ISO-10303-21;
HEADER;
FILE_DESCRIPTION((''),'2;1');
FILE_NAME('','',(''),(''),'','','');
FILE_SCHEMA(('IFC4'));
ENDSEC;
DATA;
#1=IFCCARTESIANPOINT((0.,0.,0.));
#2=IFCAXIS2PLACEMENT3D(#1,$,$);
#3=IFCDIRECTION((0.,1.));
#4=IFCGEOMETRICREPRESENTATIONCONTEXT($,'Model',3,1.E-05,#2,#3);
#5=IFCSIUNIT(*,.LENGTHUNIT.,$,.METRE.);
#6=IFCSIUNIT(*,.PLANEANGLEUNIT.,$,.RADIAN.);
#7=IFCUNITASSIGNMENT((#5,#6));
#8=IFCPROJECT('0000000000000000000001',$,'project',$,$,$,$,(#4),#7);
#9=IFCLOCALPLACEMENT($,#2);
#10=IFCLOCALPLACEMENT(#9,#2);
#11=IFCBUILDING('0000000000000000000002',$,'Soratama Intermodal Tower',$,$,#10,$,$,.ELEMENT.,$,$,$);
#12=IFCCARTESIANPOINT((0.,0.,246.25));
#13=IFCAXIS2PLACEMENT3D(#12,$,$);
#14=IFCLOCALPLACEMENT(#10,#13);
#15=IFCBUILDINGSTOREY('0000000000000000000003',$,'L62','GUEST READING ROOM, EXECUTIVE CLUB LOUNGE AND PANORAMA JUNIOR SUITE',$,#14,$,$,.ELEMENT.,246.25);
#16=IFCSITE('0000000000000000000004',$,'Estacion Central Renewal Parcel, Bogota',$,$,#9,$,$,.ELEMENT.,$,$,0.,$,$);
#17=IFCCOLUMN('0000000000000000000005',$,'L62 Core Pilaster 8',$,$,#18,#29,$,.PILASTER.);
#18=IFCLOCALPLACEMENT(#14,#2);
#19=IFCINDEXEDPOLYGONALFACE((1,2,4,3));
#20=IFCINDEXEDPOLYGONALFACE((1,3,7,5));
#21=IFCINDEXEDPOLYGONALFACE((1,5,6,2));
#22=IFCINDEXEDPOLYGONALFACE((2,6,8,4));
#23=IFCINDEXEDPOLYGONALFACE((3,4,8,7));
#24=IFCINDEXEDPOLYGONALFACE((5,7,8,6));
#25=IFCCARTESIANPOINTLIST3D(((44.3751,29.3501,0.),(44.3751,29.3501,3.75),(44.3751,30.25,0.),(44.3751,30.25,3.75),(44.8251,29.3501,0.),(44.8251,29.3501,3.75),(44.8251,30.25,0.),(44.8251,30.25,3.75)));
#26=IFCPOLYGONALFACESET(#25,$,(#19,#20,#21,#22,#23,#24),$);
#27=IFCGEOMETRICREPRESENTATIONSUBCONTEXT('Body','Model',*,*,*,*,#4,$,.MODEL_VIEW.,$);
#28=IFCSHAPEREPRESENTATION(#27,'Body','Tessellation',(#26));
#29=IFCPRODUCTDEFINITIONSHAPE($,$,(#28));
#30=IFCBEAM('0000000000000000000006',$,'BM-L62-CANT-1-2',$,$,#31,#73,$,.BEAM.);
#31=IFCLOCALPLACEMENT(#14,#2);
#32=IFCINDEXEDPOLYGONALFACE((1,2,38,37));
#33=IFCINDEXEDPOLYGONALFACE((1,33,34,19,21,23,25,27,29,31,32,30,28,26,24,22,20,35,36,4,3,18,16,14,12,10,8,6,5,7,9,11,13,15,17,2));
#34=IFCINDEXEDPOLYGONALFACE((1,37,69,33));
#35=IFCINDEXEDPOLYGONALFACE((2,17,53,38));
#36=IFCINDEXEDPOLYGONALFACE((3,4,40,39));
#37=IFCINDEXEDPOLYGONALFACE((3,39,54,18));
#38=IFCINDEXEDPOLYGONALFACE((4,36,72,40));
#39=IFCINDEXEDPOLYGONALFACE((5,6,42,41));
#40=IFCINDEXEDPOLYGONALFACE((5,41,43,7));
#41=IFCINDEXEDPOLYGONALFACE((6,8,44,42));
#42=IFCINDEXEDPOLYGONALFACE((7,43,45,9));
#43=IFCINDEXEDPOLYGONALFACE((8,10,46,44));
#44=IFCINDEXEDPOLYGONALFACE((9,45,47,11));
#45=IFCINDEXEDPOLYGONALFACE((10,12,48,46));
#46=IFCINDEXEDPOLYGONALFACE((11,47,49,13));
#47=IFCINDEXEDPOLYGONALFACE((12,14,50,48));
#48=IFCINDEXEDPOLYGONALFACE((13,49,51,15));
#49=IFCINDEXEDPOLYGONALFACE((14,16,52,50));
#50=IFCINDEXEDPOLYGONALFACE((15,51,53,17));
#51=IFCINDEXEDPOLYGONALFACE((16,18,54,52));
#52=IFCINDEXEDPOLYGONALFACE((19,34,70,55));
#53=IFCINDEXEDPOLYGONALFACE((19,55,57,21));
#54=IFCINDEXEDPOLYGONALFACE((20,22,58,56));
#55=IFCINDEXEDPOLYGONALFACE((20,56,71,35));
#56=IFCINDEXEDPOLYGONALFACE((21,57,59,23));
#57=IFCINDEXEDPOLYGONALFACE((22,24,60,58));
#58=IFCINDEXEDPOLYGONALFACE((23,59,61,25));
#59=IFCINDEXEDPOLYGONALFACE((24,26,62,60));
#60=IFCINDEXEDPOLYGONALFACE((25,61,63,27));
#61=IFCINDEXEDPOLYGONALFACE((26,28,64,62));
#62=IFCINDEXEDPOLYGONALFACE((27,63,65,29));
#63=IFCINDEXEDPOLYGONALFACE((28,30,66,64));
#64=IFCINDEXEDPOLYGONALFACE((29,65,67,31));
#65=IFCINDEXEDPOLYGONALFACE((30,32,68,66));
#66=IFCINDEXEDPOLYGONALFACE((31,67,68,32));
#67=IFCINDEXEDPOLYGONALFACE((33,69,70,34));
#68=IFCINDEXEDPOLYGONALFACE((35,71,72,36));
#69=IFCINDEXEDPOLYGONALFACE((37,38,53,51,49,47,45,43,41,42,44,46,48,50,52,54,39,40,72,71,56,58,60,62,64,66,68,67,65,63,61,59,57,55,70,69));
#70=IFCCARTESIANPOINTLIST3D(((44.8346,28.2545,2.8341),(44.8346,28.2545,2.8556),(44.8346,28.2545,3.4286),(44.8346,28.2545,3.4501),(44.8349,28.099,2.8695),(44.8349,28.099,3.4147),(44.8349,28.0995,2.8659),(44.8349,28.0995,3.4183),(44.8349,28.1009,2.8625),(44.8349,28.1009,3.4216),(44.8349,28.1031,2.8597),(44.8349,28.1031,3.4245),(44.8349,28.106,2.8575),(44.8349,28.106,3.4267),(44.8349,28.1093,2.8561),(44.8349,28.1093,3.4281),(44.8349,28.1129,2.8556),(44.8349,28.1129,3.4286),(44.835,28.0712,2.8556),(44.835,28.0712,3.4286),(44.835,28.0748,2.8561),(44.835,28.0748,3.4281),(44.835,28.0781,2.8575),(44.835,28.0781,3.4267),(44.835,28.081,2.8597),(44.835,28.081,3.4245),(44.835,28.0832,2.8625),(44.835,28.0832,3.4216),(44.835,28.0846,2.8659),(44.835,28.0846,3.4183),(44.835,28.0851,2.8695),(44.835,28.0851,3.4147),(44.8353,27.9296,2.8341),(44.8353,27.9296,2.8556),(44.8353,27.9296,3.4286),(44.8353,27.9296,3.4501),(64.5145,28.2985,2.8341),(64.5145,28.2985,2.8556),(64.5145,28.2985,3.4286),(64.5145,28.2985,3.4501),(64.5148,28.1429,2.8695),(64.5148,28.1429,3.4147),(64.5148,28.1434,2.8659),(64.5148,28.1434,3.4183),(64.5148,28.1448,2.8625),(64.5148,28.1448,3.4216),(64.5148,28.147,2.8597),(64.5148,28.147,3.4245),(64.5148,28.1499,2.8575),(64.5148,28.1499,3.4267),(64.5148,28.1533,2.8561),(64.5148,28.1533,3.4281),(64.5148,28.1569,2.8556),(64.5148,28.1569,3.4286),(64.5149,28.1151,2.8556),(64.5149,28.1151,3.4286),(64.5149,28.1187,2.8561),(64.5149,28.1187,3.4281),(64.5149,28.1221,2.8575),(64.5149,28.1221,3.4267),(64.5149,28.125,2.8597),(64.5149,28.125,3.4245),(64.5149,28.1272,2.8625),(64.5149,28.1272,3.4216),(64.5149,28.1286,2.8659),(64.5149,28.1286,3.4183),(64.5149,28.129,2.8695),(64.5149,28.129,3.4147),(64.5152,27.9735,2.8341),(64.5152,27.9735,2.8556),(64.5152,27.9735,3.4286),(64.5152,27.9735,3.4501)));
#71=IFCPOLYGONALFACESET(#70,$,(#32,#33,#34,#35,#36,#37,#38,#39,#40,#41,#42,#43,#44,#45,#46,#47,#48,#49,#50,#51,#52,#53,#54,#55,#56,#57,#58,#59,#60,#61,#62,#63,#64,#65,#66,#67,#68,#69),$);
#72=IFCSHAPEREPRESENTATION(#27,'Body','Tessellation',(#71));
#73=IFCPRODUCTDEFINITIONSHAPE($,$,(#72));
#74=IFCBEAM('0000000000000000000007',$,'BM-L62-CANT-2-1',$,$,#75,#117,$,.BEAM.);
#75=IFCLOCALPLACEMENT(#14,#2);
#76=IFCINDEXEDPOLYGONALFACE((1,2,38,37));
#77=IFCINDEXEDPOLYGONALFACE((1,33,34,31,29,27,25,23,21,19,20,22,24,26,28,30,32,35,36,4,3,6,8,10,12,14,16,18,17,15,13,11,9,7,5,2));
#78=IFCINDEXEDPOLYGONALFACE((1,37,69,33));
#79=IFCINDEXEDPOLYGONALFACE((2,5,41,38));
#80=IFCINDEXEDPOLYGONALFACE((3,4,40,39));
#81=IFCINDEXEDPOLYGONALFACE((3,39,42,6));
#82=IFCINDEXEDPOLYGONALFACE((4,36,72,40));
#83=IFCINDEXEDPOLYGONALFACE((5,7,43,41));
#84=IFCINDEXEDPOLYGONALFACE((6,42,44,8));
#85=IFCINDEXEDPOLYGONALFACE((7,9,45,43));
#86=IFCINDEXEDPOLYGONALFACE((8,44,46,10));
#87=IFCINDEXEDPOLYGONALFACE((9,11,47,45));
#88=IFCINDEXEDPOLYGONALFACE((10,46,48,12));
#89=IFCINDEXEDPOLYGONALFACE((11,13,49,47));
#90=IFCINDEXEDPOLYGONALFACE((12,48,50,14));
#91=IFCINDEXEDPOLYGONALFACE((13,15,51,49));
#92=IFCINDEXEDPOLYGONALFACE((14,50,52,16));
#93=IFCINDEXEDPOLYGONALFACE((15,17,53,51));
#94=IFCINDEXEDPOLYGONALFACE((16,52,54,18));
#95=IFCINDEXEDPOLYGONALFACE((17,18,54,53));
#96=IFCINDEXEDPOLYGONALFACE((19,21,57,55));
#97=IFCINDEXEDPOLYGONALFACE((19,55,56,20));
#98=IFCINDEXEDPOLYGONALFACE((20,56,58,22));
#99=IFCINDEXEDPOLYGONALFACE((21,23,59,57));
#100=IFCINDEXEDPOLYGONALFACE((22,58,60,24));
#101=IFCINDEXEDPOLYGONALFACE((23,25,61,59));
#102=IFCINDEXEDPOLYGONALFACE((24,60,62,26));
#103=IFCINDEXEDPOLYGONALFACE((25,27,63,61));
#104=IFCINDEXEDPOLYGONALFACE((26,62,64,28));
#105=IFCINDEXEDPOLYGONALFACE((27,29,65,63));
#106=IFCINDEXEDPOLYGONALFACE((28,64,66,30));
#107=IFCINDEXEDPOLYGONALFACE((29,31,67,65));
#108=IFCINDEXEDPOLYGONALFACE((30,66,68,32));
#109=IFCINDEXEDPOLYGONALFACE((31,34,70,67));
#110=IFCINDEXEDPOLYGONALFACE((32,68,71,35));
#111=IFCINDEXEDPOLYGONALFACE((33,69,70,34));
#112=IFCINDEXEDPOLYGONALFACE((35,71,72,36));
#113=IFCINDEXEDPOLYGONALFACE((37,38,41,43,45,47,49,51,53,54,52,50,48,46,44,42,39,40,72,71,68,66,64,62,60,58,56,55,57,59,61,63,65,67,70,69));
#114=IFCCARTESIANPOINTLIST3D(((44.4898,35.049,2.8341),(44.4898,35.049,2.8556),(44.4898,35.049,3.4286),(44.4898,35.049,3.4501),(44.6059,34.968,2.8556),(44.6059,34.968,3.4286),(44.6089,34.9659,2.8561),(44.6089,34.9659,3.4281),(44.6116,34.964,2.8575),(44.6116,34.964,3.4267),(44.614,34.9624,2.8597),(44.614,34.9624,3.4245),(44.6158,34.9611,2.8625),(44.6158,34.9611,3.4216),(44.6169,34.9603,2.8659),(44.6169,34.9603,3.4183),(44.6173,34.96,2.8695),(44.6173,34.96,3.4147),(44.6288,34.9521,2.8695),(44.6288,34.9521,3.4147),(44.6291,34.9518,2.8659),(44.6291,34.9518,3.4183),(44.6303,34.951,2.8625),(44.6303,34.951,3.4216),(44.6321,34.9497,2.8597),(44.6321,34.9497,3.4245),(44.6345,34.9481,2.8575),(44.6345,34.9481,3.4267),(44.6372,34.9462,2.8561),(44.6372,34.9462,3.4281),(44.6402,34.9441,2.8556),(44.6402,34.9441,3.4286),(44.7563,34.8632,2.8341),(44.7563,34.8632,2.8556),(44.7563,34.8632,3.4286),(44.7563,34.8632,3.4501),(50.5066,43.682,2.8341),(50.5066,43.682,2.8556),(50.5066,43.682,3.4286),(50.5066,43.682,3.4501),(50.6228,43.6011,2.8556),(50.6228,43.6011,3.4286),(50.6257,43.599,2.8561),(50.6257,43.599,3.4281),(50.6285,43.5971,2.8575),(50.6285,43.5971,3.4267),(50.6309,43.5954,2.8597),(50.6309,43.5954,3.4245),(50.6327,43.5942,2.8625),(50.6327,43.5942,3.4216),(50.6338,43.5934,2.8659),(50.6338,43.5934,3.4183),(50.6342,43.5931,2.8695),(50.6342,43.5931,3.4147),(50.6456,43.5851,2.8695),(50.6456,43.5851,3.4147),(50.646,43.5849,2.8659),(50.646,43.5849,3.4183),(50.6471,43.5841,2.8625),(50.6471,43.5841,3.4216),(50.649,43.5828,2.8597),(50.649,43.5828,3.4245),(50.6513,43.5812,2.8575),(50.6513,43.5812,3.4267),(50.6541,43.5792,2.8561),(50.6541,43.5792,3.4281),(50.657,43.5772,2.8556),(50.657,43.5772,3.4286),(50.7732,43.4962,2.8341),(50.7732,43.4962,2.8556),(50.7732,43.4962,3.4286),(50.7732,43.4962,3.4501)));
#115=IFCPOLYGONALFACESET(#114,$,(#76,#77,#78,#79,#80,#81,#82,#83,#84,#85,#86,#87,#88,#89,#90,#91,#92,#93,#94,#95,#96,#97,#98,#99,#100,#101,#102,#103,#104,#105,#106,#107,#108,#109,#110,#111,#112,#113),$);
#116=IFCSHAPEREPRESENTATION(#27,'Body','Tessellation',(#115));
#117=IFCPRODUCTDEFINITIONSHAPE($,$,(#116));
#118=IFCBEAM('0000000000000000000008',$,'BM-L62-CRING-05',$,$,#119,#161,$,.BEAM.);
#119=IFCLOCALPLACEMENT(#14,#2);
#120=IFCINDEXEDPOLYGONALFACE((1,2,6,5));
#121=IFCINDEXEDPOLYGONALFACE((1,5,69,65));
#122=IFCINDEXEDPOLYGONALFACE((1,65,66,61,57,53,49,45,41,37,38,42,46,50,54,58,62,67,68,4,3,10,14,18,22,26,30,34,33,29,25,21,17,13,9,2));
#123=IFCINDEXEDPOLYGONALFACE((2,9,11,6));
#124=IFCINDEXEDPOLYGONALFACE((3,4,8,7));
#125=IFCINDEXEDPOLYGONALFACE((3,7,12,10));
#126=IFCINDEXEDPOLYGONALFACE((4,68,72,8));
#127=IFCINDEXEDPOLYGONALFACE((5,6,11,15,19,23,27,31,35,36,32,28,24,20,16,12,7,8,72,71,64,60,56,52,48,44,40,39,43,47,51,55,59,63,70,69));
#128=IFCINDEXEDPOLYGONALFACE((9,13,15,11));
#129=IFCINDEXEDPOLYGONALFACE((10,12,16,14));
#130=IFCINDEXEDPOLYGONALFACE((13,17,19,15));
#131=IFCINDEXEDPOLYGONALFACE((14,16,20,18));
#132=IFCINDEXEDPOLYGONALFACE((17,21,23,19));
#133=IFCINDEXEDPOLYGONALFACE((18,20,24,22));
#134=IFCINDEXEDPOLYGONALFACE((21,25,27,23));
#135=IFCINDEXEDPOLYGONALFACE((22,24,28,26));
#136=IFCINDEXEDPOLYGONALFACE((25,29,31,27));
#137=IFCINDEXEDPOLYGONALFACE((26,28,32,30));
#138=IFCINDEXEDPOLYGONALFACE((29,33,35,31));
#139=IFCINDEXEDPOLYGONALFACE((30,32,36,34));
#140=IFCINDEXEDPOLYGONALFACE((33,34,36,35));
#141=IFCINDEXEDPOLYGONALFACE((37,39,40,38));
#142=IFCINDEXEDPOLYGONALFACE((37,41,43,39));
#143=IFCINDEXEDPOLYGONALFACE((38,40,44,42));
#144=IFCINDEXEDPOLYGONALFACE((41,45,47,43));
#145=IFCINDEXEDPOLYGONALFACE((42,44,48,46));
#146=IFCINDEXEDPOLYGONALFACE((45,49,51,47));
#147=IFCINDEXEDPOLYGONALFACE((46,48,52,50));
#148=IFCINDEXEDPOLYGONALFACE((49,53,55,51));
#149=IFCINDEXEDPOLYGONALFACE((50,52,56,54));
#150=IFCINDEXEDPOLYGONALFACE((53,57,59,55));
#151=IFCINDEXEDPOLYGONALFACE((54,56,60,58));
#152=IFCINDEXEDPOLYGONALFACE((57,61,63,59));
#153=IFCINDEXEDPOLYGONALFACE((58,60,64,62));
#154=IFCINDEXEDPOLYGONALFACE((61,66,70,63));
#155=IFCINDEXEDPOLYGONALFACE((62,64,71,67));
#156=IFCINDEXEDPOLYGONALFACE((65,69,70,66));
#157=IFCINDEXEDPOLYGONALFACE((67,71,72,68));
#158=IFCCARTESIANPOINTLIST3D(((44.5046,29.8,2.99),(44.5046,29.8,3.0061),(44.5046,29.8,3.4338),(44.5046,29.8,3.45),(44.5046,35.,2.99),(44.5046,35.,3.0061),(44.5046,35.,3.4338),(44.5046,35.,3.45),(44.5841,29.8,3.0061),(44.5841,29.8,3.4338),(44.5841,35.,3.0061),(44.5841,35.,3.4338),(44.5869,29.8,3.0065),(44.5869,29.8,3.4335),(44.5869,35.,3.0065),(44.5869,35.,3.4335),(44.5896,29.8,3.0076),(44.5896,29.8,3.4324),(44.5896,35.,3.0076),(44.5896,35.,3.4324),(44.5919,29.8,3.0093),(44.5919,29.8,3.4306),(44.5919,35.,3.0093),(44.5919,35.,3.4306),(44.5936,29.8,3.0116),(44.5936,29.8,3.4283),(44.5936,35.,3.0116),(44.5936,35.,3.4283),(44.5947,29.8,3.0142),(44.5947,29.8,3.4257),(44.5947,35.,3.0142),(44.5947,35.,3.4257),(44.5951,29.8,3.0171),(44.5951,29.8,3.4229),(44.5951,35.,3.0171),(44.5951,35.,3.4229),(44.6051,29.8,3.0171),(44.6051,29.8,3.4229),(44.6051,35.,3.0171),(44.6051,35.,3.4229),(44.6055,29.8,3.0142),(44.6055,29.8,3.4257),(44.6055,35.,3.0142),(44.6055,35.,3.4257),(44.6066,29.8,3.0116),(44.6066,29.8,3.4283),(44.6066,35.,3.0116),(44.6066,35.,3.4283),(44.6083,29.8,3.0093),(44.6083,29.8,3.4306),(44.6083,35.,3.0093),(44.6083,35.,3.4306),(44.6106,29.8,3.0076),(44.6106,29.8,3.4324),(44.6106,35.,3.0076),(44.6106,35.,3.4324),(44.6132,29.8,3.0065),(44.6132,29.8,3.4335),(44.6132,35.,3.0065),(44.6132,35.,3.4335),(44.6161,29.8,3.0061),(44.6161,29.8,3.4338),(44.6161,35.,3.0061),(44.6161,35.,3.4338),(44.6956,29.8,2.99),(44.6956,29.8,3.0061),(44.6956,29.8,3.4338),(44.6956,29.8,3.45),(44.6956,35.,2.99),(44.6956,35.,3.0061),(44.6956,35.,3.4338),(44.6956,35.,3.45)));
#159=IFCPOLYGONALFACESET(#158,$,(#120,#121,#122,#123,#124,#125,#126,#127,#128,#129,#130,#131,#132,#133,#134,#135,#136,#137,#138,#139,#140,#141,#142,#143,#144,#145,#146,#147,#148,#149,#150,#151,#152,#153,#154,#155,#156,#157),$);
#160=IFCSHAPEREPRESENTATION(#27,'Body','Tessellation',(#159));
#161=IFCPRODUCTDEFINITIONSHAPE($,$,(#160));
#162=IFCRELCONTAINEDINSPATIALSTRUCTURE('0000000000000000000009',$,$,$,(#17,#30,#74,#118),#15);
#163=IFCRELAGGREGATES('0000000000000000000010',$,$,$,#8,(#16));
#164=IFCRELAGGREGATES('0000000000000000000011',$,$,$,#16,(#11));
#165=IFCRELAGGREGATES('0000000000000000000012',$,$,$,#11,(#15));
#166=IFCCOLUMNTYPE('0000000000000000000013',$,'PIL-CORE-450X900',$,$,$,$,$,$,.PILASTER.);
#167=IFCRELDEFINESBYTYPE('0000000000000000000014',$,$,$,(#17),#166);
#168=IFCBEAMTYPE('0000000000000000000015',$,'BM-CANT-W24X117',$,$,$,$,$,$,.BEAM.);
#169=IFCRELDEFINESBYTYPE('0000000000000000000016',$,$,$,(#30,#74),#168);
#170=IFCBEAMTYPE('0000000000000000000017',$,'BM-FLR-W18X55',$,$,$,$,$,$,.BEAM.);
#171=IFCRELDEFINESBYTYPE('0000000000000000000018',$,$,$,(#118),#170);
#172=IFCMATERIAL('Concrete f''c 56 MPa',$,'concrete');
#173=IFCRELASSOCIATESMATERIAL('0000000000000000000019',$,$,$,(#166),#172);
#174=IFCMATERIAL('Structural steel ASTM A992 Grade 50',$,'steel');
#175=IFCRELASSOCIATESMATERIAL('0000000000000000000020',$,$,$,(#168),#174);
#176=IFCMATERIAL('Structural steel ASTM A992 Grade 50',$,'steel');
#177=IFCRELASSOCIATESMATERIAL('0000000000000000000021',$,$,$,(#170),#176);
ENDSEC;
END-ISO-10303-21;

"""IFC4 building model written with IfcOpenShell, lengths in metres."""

from ifc_helpers import new_model, si_unit, direction, frame, origin, origin_2d, place, context, subcontext, project, spatial, rectangle, i_section, extrude, material, material_profile, profile_set, type_object, element, save


model = new_model("IFC4")

# Units and contexts
model_context = context("Model", 3, precision=1e-05, world=origin(), true_north=direction((0.0, 1.0)))
body_context = subcontext(model_context, "Body", "Model", "MODEL_VIEW")
ifc_project = project(units=[si_unit("LENGTHUNIT", "METRE"), si_unit("PLANEANGLEUNIT", "RADIAN")], contexts=[model_context])

# Site, building, storey
site_placement = place(None, origin())
site = spatial("IfcSite", under=ifc_project, at=site_placement, Name="Estacion Central Renewal Parcel, Bogota", CompositionType="ELEMENT", RefElevation=0.0)
building_placement = place(site_placement, origin())
building = spatial("IfcBuilding", under=site, at=building_placement, Name="Soratama Intermodal Tower", CompositionType="ELEMENT")
storey_placement = place(building_placement, frame((0.0, 0.0, 246.25)))
storey = spatial("IfcBuildingStorey", under=building, at=storey_placement, Name="L62", Description="GUEST READING ROOM, EXECUTIVE CLUB LOUNGE AND PANORAMA JUNIOR SUITE", CompositionType="ELEMENT", Elevation=246.25)

# Column
ifc_material_1 = material(Name="Concrete f'c 56 MPa", Category="concrete")
ifc_material_profile_1 = material_profile(ifc_material_1, rectangle(XDim=0.45, YDim=0.8999, at=origin_2d()), Name="RC450X900")
ifc_profile_set_1 = profile_set([ifc_material_profile_1], Name="Concrete f'c 56 MPa")
column_type = type_object("IfcColumnType", Name="PIL-CORE-450X900", PredefinedType="PILASTER", material=ifc_profile_set_1)
column_placement = place(storey_placement, frame((44.6001, 29.8, 0.0), z_axis=(0.0, 0.0, 1.0), x_axis=(1.0, 0.0, 0.0)))
element("IfcColumn", 1, at=column_placement, inside=storey, type_object=column_type, Name="L62 Core Pilaster 8", PredefinedType="PILASTER", context=body_context, shape_type="SweptSolid", body=[
    extrude(rectangle(XDim=0.45, YDim=0.8999, at=origin_2d()), origin(), (0.0, 0.0, 1.0), 3.75),
])

# Beams
ifc_material_2 = material(Name="Structural steel ASTM A992 Grade 50", Category="steel")
ifc_material_profile_2 = material_profile(ifc_material_2, i_section(OverallWidth=0.325, OverallDepth=0.616, WebThickness=0.0139, FlangeThickness=0.0215, FilletRadius=0.0139, at=origin_2d()), Name="W24X117")
ifc_profile_set_2 = profile_set([ifc_material_profile_2], Name="Structural steel ASTM A992 Grade 50")
beam_type_1 = type_object("IfcBeamType", Name="BM-CANT-W24X117", PredefinedType="BEAM", material=ifc_profile_set_2)
beam_1_placement = place(storey_placement, frame((44.835, 28.092, 3.1421), z_axis=(0.999998, 0.002233, 0.0), x_axis=(-0.002233, 0.999998, 0.0)))
element("IfcBeam", 2, at=beam_1_placement, inside=storey, type_object=beam_type_1, Name="BM-L62-CANT-1-2", PredefinedType="BEAM", context=body_context, shape_type="SweptSolid", body=[
    extrude(i_section(OverallWidth=0.325, OverallDepth=0.616, WebThickness=0.0139, FlangeThickness=0.0215, FilletRadius=0.0139, at=origin_2d()), origin(), (0.0, 0.0, 1.0), 19.6799),
])
beam_2_placement = place(storey_placement, frame((44.623, 34.9561, 3.1421), z_axis=(0.571784, 0.820404, 0.0), x_axis=(-0.820404, 0.571784, 0.0)))
element("IfcBeam", 3, at=beam_2_placement, inside=storey, type_object=beam_type_1, Name="BM-L62-CANT-2-1", PredefinedType="BEAM", context=body_context, shape_type="SweptSolid", body=[
    extrude(i_section(OverallWidth=0.325, OverallDepth=0.616, WebThickness=0.0139, FlangeThickness=0.0215, FilletRadius=0.0139, at=origin_2d()), origin(), (0.0, 0.0, 1.0), 10.5229),
])
ifc_material_3 = material(Name="Structural steel ASTM A992 Grade 50", Category="steel")
ifc_material_profile_3 = material_profile(ifc_material_3, i_section(OverallWidth=0.1909, OverallDepth=0.46, WebThickness=0.01, FlangeThickness=0.0161, FilletRadius=0.011, at=origin_2d()), Name="W18X55")
ifc_profile_set_3 = profile_set([ifc_material_profile_3], Name="Structural steel ASTM A992 Grade 50")
beam_type_2 = type_object("IfcBeamType", Name="BM-FLR-W18X55", PredefinedType="BEAM", material=ifc_profile_set_3)
beam_3_placement = place(storey_placement, frame((44.6001, 29.8, 3.22), z_axis=(0.0, 1.0, 0.0), x_axis=(-1.0, 0.0, 0.0)))
element("IfcBeam", 4, at=beam_3_placement, inside=storey, type_object=beam_type_2, Name="BM-L62-CRING-05", PredefinedType="BEAM", context=body_context, shape_type="SweptSolid", body=[
    extrude(i_section(OverallWidth=0.1909, OverallDepth=0.46, WebThickness=0.01, FlangeThickness=0.0161, FilletRadius=0.011, at=origin_2d()), origin(), (0.0, 0.0, 1.0), 5.2),
])

save(model, "model.ifc")
